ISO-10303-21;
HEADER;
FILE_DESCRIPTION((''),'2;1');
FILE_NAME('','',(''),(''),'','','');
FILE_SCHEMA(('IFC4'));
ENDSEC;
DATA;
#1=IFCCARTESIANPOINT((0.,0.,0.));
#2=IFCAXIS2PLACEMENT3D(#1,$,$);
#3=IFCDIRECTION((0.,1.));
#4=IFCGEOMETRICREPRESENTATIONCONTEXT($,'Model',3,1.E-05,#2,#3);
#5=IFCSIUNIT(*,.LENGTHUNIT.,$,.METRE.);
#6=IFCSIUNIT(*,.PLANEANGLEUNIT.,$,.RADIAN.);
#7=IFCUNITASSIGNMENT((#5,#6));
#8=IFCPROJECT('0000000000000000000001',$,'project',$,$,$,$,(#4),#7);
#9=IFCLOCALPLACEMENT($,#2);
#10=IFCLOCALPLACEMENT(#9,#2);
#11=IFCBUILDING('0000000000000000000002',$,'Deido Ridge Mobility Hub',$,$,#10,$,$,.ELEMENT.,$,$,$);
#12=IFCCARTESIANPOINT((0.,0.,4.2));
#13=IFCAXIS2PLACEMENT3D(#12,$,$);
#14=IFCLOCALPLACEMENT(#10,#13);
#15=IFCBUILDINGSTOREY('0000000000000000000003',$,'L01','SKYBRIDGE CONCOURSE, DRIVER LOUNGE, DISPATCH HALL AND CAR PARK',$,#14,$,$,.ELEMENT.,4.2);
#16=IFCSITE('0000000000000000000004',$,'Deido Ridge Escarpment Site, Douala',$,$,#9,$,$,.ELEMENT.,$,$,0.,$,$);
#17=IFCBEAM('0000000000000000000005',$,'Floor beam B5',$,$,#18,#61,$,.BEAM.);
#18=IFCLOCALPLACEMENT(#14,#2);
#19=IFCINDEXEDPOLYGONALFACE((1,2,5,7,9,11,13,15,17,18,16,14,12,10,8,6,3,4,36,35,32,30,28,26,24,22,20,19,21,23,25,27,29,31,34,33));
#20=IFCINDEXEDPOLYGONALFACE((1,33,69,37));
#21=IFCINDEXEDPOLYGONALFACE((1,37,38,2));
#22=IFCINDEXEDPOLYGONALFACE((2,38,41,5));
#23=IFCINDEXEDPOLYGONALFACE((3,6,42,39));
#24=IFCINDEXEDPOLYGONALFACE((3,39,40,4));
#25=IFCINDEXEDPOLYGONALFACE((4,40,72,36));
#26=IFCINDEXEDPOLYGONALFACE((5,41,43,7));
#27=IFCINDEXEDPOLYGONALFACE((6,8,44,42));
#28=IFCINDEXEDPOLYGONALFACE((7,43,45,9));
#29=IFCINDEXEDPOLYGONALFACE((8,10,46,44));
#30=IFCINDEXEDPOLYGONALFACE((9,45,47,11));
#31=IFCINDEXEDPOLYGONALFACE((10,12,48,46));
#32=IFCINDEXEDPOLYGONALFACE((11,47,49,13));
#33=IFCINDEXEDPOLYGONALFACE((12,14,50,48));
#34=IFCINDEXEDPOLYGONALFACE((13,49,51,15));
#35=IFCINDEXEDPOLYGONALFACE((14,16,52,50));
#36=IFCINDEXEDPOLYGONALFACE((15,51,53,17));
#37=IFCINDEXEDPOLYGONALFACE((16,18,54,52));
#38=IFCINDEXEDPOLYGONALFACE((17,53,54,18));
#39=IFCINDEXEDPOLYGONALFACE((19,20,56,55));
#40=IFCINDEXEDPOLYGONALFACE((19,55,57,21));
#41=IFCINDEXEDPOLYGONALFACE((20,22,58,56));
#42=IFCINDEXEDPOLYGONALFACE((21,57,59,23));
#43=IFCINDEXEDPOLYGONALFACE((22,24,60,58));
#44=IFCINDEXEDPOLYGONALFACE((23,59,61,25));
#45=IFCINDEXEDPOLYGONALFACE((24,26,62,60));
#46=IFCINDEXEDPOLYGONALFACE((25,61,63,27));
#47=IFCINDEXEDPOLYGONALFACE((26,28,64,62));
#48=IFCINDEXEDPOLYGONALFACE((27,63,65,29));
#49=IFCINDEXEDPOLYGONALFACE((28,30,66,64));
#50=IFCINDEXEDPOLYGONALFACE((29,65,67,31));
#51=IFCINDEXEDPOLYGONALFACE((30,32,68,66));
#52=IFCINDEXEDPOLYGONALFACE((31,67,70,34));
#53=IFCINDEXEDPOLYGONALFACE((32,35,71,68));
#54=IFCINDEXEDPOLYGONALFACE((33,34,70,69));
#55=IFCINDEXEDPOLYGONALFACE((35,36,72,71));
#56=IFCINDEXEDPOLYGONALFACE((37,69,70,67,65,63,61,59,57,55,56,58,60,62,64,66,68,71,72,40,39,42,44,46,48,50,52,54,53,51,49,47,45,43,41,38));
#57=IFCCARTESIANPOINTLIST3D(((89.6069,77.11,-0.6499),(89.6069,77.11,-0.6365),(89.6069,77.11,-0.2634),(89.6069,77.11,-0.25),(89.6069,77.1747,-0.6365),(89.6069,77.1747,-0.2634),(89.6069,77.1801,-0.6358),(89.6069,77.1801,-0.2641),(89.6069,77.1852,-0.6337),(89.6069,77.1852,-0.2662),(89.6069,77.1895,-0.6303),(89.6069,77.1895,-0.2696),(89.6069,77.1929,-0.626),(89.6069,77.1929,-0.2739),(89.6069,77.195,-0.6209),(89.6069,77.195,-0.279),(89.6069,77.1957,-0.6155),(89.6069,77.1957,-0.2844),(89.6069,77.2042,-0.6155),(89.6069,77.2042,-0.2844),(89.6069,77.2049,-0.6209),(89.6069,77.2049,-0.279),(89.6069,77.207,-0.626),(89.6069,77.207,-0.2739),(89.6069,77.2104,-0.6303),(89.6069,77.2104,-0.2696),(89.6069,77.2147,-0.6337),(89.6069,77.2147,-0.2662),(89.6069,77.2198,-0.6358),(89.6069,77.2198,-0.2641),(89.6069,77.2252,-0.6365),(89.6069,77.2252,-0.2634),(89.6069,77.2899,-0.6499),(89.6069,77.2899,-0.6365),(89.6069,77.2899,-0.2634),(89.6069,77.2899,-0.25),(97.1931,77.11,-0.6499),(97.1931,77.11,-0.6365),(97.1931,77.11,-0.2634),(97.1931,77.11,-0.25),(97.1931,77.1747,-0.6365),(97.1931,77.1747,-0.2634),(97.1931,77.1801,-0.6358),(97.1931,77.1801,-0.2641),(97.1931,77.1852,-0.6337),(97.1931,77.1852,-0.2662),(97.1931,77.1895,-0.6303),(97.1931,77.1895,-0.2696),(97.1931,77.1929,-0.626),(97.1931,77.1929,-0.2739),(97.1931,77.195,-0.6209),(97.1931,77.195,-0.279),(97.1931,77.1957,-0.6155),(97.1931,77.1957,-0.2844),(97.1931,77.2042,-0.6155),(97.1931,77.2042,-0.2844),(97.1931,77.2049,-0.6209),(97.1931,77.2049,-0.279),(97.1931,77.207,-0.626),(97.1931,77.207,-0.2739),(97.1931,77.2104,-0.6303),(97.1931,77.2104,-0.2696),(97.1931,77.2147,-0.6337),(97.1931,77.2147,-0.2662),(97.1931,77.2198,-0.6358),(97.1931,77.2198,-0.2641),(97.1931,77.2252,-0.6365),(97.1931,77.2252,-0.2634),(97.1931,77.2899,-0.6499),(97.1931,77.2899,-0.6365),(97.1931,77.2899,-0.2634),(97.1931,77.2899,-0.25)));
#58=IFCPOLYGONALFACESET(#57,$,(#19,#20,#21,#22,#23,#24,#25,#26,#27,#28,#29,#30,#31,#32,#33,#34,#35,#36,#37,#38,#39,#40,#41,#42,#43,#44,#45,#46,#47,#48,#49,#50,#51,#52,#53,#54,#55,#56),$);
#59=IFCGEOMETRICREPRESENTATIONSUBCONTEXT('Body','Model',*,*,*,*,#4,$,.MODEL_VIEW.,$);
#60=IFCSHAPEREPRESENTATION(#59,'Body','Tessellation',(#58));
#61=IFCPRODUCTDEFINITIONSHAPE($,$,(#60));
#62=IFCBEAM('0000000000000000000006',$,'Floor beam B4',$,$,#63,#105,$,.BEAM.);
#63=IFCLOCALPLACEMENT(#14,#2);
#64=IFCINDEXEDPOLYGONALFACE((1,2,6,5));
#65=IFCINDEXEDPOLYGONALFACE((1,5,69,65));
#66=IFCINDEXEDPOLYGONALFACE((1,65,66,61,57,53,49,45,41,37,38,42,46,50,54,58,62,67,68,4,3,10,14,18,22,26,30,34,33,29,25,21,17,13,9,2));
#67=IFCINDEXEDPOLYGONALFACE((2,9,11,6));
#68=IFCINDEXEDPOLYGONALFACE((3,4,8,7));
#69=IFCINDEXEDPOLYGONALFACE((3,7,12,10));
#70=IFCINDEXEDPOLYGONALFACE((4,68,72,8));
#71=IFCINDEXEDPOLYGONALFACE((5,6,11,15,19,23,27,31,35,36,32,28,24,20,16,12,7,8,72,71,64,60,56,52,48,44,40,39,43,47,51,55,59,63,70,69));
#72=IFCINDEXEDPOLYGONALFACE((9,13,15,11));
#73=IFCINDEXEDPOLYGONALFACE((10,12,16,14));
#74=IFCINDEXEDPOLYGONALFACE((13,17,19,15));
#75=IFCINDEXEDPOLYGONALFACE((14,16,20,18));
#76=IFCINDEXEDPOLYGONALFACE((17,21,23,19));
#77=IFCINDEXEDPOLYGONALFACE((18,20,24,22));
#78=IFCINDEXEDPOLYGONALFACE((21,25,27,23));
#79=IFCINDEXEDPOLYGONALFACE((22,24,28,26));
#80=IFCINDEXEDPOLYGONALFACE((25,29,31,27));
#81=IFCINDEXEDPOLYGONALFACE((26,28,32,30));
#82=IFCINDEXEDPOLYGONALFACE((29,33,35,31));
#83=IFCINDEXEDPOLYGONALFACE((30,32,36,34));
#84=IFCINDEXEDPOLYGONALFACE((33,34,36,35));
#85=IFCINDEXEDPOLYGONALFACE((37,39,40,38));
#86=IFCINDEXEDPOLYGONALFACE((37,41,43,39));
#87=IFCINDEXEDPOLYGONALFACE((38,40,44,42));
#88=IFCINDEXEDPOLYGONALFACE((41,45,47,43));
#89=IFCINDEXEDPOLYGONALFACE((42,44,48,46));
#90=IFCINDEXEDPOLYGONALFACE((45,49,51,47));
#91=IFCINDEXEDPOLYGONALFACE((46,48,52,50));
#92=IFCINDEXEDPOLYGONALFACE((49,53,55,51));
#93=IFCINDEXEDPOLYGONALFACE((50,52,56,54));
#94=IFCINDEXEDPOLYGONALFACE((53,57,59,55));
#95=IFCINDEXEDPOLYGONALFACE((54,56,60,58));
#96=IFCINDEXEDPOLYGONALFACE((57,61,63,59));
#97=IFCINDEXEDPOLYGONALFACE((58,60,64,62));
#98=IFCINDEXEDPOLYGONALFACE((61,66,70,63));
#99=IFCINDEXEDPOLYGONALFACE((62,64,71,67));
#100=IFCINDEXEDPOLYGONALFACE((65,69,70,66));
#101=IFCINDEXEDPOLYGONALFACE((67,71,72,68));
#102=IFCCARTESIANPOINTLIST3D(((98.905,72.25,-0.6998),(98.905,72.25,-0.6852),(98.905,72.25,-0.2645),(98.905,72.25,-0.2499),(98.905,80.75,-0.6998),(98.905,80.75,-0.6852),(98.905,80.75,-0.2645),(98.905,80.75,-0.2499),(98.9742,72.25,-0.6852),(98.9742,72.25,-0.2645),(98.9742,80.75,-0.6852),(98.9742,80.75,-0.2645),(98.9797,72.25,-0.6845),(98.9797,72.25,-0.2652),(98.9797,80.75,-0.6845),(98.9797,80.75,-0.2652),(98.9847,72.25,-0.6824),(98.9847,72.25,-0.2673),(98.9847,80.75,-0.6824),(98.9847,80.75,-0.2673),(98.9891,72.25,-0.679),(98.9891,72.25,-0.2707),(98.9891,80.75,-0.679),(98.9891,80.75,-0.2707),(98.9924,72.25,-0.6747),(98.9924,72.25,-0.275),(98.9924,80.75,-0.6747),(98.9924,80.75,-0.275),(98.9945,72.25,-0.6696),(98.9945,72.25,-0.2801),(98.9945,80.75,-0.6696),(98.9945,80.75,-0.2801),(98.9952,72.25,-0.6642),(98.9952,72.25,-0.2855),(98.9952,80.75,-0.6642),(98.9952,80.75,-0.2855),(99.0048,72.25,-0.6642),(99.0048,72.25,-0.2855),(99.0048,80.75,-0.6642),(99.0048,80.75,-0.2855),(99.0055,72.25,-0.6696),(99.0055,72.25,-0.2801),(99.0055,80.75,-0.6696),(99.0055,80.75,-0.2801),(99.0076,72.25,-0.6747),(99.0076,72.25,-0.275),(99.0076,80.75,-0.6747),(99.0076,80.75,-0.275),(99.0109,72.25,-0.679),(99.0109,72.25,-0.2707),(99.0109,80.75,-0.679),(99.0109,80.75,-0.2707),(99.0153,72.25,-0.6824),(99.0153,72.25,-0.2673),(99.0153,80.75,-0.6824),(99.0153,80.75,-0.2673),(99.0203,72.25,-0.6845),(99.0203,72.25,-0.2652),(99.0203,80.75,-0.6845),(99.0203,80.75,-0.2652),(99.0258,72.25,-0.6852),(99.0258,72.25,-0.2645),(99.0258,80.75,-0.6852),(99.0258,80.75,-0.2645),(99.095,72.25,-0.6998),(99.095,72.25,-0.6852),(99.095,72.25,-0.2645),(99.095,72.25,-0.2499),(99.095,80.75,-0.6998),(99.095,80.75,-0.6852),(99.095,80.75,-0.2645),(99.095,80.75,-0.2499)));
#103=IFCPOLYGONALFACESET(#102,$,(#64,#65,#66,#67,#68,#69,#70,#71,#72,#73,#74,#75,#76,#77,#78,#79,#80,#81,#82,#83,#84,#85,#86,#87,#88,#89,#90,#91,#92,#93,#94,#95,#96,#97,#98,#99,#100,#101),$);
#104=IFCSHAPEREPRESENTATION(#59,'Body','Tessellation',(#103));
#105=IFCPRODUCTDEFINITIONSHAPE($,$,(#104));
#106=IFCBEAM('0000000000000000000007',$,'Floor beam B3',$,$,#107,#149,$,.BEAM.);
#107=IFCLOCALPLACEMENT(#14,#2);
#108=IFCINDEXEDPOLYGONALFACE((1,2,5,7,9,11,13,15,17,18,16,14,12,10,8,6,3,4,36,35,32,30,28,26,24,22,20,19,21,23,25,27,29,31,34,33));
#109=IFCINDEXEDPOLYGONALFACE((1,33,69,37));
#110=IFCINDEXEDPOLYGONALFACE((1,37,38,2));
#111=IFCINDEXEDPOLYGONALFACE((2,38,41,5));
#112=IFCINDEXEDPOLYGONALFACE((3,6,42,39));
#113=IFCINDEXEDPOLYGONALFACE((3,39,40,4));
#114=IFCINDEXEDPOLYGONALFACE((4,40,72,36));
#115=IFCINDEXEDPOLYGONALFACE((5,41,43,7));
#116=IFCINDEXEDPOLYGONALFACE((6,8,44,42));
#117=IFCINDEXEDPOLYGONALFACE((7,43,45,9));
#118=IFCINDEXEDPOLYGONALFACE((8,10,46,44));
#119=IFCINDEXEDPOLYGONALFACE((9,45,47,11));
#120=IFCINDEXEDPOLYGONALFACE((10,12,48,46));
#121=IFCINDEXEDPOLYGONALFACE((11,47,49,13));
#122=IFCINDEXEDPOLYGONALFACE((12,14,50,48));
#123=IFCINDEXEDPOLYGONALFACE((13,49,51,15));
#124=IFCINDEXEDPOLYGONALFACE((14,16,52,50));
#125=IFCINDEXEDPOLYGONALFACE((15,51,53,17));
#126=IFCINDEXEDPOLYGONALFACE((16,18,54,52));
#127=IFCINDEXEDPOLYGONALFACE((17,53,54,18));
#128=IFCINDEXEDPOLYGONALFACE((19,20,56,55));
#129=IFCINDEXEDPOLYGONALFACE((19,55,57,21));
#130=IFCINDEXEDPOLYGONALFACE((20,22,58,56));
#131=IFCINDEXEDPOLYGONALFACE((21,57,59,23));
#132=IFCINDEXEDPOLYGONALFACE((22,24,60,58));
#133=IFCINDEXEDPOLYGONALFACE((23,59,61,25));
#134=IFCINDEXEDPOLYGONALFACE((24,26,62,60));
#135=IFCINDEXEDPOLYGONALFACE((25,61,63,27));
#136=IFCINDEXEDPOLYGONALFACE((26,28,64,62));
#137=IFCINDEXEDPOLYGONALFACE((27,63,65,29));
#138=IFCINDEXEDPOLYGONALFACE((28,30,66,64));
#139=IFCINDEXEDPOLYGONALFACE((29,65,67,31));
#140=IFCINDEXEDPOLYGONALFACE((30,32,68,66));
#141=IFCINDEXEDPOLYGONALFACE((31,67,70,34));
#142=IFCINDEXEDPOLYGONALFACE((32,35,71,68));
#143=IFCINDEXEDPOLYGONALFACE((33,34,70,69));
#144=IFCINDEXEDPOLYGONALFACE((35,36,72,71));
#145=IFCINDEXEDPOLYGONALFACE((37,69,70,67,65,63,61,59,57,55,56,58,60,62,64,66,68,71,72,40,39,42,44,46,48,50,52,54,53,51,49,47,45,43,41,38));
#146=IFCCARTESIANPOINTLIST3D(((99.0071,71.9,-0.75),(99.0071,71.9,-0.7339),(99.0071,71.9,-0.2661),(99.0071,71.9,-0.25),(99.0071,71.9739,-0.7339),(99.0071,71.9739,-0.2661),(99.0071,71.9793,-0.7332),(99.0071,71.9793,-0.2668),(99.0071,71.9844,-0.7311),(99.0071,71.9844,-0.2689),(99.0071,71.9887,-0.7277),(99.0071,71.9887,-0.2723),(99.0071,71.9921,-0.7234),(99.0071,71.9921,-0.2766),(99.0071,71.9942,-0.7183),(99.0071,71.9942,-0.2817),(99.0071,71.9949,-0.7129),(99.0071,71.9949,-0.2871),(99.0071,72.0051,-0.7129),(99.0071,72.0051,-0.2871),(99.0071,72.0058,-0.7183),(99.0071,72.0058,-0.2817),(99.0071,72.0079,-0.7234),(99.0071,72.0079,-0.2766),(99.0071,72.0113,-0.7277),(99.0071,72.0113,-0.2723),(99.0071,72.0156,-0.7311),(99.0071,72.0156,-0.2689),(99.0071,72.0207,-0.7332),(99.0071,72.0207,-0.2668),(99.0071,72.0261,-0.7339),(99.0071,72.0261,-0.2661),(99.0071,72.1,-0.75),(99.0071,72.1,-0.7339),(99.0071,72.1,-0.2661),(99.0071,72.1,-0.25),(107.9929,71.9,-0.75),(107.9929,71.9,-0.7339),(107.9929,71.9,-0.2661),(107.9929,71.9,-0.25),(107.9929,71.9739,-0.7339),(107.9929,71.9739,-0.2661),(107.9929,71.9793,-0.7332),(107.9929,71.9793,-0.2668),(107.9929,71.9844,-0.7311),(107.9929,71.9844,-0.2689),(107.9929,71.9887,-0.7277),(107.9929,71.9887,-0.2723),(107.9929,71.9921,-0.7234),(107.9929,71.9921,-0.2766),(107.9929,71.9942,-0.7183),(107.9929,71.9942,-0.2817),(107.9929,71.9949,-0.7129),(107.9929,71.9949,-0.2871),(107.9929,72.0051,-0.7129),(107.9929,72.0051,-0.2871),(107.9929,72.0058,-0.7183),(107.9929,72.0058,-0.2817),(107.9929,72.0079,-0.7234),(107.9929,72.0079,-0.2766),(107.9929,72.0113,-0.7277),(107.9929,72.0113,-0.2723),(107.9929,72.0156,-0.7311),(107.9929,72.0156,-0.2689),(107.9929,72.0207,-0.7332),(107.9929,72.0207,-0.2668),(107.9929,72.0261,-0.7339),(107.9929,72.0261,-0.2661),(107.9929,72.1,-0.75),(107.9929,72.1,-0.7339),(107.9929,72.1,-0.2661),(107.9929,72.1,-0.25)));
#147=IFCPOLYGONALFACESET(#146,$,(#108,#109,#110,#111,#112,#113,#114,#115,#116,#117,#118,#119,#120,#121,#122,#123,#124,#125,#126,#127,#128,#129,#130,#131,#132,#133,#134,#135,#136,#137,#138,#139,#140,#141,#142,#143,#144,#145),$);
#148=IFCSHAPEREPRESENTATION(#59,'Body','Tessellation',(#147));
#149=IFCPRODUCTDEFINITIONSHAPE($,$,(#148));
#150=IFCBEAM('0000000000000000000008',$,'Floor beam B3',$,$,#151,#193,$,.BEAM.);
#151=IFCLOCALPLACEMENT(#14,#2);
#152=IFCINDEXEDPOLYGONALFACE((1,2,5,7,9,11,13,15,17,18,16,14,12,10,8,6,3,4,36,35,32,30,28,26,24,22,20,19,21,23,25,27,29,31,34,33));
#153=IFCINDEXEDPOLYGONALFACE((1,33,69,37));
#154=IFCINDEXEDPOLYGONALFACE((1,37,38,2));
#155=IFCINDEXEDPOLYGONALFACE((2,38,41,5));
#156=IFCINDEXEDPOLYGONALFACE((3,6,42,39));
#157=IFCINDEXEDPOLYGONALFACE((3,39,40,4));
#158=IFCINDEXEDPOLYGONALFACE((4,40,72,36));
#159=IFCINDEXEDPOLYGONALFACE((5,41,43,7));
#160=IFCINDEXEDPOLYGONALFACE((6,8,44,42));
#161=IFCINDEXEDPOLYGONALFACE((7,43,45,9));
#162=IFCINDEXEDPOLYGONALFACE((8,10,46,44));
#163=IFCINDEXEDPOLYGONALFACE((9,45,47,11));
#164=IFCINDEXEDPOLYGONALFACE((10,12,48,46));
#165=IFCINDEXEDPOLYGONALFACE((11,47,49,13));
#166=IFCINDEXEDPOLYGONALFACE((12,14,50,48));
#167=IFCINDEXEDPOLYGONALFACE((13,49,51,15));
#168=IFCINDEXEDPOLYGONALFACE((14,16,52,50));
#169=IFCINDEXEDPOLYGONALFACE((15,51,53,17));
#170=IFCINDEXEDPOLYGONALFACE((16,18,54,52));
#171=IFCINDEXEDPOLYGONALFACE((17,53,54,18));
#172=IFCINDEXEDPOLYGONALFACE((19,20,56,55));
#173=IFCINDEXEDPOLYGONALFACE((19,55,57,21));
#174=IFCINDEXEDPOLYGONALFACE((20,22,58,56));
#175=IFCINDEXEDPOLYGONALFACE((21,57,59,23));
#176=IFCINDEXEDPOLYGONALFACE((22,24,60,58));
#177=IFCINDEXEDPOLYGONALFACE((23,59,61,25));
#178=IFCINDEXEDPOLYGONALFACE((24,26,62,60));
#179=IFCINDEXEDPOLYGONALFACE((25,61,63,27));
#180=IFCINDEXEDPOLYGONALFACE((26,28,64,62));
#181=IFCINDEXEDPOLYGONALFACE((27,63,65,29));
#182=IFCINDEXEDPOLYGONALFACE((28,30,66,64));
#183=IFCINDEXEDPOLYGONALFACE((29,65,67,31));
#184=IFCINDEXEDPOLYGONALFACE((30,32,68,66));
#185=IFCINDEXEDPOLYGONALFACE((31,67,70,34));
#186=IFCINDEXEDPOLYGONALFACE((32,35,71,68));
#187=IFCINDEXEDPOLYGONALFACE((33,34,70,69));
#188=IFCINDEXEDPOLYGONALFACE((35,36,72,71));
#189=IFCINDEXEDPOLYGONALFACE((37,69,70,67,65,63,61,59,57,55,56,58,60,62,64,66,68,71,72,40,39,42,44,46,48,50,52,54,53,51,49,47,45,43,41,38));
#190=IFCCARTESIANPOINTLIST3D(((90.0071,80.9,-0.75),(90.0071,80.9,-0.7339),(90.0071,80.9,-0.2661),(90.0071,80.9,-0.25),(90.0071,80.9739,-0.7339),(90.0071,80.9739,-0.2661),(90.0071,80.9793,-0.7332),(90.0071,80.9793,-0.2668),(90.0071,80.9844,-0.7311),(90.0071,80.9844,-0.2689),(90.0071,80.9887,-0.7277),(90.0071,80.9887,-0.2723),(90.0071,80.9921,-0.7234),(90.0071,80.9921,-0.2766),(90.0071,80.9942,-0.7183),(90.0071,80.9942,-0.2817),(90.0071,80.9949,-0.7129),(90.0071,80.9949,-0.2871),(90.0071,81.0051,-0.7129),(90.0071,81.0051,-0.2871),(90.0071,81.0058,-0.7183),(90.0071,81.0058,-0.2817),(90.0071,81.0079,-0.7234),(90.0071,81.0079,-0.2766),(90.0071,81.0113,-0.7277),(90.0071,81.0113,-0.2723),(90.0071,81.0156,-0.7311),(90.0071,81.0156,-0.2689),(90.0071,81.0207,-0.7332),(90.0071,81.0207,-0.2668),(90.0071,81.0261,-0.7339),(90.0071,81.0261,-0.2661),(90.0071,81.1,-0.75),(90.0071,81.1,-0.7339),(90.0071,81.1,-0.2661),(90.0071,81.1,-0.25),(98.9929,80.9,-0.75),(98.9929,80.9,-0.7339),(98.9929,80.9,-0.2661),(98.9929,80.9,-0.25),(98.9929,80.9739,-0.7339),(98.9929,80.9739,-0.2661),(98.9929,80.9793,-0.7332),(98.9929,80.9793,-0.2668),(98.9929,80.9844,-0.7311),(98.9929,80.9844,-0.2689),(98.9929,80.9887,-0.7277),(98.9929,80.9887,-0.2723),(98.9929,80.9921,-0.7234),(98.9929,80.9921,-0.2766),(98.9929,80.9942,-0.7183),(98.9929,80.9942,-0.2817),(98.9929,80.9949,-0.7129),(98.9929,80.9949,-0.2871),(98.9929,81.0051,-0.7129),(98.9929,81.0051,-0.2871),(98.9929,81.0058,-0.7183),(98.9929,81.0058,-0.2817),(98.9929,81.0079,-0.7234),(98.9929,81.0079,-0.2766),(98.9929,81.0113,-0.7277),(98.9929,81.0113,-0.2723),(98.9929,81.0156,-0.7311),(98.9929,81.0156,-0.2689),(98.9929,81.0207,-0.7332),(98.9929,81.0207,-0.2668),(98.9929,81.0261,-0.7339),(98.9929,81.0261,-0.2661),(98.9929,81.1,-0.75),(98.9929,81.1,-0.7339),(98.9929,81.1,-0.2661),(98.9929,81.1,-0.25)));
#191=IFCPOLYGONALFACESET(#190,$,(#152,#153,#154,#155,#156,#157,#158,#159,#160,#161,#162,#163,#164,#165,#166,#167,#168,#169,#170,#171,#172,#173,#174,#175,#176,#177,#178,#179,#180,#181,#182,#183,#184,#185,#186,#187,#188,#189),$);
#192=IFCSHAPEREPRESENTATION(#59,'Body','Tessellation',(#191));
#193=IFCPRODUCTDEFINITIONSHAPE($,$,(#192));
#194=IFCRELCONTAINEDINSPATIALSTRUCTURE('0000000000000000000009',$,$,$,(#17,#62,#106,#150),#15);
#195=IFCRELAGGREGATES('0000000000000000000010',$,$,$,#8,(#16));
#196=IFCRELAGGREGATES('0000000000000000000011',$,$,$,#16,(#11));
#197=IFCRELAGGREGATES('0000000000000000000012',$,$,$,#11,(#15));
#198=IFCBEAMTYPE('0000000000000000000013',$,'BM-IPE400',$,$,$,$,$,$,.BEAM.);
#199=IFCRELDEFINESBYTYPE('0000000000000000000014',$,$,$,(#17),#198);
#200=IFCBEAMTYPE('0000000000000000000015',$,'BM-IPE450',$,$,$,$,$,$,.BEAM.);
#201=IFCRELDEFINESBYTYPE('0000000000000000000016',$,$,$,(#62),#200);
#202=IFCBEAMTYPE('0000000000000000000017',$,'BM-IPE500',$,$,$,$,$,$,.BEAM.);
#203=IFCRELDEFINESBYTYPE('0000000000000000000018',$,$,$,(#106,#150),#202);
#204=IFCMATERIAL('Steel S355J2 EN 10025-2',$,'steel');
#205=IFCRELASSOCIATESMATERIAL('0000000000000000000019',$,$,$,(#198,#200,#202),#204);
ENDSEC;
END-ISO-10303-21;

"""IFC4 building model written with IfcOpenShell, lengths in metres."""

from ifc_helpers import new_model, si_unit, direction, frame, origin, origin_2d, place, context, subcontext, project, spatial, i_section, extrude, material, material_profile, profile_set, type_object, element, save


model = new_model("IFC4")

# Units and contexts
model_context = context("Model", 3, precision=1e-05, world=origin(), true_north=direction((0.0, 1.0)))
body_context = subcontext(model_context, "Body", "Model", "MODEL_VIEW")
ifc_project = project(units=[si_unit("LENGTHUNIT", "METRE"), si_unit("PLANEANGLEUNIT", "RADIAN")], contexts=[model_context])

# Site, building, storey
site_placement = place(None, origin())
site = spatial("IfcSite", under=ifc_project, at=site_placement, Name="Deido Ridge Escarpment Site, Douala", CompositionType="ELEMENT", RefElevation=0.0)
building_placement = place(site_placement, origin())
building = spatial("IfcBuilding", under=site, at=building_placement, Name="Deido Ridge Mobility Hub", CompositionType="ELEMENT")
storey_placement = place(building_placement, frame((0.0, 0.0, 4.2)))
storey = spatial("IfcBuildingStorey", under=building, at=storey_placement, Name="L01", Description="SKYBRIDGE CONCOURSE, DRIVER LOUNGE, DISPATCH HALL AND CAR PARK", CompositionType="ELEMENT", Elevation=4.2)

# Shared definitions
ifc_material_1 = material(Name="Steel S355J2 EN 10025-2", Category="steel")

# Beams
ifc_material_profile_1 = material_profile(ifc_material_1, i_section(OverallWidth=0.1799, OverallDepth=0.3999, WebThickness=0.0085, FlangeThickness=0.0134, FilletRadius=0.021, at=origin_2d()), Name="IPE 400")
ifc_profile_set_1 = profile_set([ifc_material_profile_1], Name="Steel S355J2 EN 10025-2")
beam_type_1 = type_object("IfcBeamType", Name="BM-IPE400", PredefinedType="BEAM", material=ifc_profile_set_1)
beam_1_placement = place(storey_placement, frame((89.6069, 77.2, -0.45), z_axis=(1.0, 0.0, 0.0), x_axis=(0.0, 1.0, 0.0)))
element("IfcBeam", 1, at=beam_1_placement, inside=storey, type_object=beam_type_1, Name="Floor beam B5", PredefinedType="BEAM", context=body_context, shape_type="SweptSolid", body=[
    extrude(i_section(OverallWidth=0.1799, OverallDepth=0.3999, WebThickness=0.0085, FlangeThickness=0.0134, FilletRadius=0.021, at=origin_2d()), origin(), (0.0, 0.0, 1.0), 7.5862),
])
ifc_material_profile_2 = material_profile(ifc_material_1, i_section(OverallWidth=0.1899, OverallDepth=0.45, WebThickness=0.0095, FlangeThickness=0.0146, FilletRadius=0.021, at=origin_2d()), Name="IPE 450")
ifc_profile_set_2 = profile_set([ifc_material_profile_2], Name="Steel S355J2 EN 10025-2")
beam_type_2 = type_object("IfcBeamType", Name="BM-IPE450", PredefinedType="BEAM", material=ifc_profile_set_2)
beam_2_placement = place(storey_placement, frame((99.0, 72.25, -0.4749), z_axis=(0.0, 1.0, 0.0), x_axis=(-1.0, 0.0, 0.0)))
element("IfcBeam", 2, at=beam_2_placement, inside=storey, type_object=beam_type_2, Name="Floor beam B4", PredefinedType="BEAM", context=body_context, shape_type="SweptSolid", body=[
    extrude(i_section(OverallWidth=0.1899, OverallDepth=0.45, WebThickness=0.0095, FlangeThickness=0.0146, FilletRadius=0.021, at=origin_2d()), origin(), (0.0, 0.0, 1.0), 8.5),
])
ifc_material_profile_3 = material_profile(ifc_material_1, i_section(OverallWidth=0.2, OverallDepth=0.5, WebThickness=0.0103, FlangeThickness=0.0161, FilletRadius=0.021, at=origin_2d()), Name="IPE 500")
ifc_profile_set_3 = profile_set([ifc_material_profile_3], Name="Steel S355J2 EN 10025-2")
beam_type_3 = type_object("IfcBeamType", Name="BM-IPE500", PredefinedType="BEAM", material=ifc_profile_set_3)
for number, where, z_axis, x_axis, name in (
    (3, (99.0071, 72.0, -0.5), (1.0, 0.0, 0.0), (0.0, 1.0, 0.0), "Floor beam B3"),
    (4, (90.0071, 81.0, -0.5), (1.0, 0.0, 0.0), (0.0, 1.0, 0.0), "Floor beam B3"),
):
    element("IfcBeam", number, at=place(storey_placement, frame(where, z_axis=z_axis, x_axis=x_axis)), inside=storey, type_object=beam_type_3, Name=name, PredefinedType="BEAM", context=body_context, shape_type="SweptSolid", body=[
        extrude(i_section(OverallWidth=0.2, OverallDepth=0.5, WebThickness=0.0103, FlangeThickness=0.0161, FilletRadius=0.021, at=origin_2d()), origin(), (0.0, 0.0, 1.0), 8.9858),
    ])

save(model, "model.ifc")
